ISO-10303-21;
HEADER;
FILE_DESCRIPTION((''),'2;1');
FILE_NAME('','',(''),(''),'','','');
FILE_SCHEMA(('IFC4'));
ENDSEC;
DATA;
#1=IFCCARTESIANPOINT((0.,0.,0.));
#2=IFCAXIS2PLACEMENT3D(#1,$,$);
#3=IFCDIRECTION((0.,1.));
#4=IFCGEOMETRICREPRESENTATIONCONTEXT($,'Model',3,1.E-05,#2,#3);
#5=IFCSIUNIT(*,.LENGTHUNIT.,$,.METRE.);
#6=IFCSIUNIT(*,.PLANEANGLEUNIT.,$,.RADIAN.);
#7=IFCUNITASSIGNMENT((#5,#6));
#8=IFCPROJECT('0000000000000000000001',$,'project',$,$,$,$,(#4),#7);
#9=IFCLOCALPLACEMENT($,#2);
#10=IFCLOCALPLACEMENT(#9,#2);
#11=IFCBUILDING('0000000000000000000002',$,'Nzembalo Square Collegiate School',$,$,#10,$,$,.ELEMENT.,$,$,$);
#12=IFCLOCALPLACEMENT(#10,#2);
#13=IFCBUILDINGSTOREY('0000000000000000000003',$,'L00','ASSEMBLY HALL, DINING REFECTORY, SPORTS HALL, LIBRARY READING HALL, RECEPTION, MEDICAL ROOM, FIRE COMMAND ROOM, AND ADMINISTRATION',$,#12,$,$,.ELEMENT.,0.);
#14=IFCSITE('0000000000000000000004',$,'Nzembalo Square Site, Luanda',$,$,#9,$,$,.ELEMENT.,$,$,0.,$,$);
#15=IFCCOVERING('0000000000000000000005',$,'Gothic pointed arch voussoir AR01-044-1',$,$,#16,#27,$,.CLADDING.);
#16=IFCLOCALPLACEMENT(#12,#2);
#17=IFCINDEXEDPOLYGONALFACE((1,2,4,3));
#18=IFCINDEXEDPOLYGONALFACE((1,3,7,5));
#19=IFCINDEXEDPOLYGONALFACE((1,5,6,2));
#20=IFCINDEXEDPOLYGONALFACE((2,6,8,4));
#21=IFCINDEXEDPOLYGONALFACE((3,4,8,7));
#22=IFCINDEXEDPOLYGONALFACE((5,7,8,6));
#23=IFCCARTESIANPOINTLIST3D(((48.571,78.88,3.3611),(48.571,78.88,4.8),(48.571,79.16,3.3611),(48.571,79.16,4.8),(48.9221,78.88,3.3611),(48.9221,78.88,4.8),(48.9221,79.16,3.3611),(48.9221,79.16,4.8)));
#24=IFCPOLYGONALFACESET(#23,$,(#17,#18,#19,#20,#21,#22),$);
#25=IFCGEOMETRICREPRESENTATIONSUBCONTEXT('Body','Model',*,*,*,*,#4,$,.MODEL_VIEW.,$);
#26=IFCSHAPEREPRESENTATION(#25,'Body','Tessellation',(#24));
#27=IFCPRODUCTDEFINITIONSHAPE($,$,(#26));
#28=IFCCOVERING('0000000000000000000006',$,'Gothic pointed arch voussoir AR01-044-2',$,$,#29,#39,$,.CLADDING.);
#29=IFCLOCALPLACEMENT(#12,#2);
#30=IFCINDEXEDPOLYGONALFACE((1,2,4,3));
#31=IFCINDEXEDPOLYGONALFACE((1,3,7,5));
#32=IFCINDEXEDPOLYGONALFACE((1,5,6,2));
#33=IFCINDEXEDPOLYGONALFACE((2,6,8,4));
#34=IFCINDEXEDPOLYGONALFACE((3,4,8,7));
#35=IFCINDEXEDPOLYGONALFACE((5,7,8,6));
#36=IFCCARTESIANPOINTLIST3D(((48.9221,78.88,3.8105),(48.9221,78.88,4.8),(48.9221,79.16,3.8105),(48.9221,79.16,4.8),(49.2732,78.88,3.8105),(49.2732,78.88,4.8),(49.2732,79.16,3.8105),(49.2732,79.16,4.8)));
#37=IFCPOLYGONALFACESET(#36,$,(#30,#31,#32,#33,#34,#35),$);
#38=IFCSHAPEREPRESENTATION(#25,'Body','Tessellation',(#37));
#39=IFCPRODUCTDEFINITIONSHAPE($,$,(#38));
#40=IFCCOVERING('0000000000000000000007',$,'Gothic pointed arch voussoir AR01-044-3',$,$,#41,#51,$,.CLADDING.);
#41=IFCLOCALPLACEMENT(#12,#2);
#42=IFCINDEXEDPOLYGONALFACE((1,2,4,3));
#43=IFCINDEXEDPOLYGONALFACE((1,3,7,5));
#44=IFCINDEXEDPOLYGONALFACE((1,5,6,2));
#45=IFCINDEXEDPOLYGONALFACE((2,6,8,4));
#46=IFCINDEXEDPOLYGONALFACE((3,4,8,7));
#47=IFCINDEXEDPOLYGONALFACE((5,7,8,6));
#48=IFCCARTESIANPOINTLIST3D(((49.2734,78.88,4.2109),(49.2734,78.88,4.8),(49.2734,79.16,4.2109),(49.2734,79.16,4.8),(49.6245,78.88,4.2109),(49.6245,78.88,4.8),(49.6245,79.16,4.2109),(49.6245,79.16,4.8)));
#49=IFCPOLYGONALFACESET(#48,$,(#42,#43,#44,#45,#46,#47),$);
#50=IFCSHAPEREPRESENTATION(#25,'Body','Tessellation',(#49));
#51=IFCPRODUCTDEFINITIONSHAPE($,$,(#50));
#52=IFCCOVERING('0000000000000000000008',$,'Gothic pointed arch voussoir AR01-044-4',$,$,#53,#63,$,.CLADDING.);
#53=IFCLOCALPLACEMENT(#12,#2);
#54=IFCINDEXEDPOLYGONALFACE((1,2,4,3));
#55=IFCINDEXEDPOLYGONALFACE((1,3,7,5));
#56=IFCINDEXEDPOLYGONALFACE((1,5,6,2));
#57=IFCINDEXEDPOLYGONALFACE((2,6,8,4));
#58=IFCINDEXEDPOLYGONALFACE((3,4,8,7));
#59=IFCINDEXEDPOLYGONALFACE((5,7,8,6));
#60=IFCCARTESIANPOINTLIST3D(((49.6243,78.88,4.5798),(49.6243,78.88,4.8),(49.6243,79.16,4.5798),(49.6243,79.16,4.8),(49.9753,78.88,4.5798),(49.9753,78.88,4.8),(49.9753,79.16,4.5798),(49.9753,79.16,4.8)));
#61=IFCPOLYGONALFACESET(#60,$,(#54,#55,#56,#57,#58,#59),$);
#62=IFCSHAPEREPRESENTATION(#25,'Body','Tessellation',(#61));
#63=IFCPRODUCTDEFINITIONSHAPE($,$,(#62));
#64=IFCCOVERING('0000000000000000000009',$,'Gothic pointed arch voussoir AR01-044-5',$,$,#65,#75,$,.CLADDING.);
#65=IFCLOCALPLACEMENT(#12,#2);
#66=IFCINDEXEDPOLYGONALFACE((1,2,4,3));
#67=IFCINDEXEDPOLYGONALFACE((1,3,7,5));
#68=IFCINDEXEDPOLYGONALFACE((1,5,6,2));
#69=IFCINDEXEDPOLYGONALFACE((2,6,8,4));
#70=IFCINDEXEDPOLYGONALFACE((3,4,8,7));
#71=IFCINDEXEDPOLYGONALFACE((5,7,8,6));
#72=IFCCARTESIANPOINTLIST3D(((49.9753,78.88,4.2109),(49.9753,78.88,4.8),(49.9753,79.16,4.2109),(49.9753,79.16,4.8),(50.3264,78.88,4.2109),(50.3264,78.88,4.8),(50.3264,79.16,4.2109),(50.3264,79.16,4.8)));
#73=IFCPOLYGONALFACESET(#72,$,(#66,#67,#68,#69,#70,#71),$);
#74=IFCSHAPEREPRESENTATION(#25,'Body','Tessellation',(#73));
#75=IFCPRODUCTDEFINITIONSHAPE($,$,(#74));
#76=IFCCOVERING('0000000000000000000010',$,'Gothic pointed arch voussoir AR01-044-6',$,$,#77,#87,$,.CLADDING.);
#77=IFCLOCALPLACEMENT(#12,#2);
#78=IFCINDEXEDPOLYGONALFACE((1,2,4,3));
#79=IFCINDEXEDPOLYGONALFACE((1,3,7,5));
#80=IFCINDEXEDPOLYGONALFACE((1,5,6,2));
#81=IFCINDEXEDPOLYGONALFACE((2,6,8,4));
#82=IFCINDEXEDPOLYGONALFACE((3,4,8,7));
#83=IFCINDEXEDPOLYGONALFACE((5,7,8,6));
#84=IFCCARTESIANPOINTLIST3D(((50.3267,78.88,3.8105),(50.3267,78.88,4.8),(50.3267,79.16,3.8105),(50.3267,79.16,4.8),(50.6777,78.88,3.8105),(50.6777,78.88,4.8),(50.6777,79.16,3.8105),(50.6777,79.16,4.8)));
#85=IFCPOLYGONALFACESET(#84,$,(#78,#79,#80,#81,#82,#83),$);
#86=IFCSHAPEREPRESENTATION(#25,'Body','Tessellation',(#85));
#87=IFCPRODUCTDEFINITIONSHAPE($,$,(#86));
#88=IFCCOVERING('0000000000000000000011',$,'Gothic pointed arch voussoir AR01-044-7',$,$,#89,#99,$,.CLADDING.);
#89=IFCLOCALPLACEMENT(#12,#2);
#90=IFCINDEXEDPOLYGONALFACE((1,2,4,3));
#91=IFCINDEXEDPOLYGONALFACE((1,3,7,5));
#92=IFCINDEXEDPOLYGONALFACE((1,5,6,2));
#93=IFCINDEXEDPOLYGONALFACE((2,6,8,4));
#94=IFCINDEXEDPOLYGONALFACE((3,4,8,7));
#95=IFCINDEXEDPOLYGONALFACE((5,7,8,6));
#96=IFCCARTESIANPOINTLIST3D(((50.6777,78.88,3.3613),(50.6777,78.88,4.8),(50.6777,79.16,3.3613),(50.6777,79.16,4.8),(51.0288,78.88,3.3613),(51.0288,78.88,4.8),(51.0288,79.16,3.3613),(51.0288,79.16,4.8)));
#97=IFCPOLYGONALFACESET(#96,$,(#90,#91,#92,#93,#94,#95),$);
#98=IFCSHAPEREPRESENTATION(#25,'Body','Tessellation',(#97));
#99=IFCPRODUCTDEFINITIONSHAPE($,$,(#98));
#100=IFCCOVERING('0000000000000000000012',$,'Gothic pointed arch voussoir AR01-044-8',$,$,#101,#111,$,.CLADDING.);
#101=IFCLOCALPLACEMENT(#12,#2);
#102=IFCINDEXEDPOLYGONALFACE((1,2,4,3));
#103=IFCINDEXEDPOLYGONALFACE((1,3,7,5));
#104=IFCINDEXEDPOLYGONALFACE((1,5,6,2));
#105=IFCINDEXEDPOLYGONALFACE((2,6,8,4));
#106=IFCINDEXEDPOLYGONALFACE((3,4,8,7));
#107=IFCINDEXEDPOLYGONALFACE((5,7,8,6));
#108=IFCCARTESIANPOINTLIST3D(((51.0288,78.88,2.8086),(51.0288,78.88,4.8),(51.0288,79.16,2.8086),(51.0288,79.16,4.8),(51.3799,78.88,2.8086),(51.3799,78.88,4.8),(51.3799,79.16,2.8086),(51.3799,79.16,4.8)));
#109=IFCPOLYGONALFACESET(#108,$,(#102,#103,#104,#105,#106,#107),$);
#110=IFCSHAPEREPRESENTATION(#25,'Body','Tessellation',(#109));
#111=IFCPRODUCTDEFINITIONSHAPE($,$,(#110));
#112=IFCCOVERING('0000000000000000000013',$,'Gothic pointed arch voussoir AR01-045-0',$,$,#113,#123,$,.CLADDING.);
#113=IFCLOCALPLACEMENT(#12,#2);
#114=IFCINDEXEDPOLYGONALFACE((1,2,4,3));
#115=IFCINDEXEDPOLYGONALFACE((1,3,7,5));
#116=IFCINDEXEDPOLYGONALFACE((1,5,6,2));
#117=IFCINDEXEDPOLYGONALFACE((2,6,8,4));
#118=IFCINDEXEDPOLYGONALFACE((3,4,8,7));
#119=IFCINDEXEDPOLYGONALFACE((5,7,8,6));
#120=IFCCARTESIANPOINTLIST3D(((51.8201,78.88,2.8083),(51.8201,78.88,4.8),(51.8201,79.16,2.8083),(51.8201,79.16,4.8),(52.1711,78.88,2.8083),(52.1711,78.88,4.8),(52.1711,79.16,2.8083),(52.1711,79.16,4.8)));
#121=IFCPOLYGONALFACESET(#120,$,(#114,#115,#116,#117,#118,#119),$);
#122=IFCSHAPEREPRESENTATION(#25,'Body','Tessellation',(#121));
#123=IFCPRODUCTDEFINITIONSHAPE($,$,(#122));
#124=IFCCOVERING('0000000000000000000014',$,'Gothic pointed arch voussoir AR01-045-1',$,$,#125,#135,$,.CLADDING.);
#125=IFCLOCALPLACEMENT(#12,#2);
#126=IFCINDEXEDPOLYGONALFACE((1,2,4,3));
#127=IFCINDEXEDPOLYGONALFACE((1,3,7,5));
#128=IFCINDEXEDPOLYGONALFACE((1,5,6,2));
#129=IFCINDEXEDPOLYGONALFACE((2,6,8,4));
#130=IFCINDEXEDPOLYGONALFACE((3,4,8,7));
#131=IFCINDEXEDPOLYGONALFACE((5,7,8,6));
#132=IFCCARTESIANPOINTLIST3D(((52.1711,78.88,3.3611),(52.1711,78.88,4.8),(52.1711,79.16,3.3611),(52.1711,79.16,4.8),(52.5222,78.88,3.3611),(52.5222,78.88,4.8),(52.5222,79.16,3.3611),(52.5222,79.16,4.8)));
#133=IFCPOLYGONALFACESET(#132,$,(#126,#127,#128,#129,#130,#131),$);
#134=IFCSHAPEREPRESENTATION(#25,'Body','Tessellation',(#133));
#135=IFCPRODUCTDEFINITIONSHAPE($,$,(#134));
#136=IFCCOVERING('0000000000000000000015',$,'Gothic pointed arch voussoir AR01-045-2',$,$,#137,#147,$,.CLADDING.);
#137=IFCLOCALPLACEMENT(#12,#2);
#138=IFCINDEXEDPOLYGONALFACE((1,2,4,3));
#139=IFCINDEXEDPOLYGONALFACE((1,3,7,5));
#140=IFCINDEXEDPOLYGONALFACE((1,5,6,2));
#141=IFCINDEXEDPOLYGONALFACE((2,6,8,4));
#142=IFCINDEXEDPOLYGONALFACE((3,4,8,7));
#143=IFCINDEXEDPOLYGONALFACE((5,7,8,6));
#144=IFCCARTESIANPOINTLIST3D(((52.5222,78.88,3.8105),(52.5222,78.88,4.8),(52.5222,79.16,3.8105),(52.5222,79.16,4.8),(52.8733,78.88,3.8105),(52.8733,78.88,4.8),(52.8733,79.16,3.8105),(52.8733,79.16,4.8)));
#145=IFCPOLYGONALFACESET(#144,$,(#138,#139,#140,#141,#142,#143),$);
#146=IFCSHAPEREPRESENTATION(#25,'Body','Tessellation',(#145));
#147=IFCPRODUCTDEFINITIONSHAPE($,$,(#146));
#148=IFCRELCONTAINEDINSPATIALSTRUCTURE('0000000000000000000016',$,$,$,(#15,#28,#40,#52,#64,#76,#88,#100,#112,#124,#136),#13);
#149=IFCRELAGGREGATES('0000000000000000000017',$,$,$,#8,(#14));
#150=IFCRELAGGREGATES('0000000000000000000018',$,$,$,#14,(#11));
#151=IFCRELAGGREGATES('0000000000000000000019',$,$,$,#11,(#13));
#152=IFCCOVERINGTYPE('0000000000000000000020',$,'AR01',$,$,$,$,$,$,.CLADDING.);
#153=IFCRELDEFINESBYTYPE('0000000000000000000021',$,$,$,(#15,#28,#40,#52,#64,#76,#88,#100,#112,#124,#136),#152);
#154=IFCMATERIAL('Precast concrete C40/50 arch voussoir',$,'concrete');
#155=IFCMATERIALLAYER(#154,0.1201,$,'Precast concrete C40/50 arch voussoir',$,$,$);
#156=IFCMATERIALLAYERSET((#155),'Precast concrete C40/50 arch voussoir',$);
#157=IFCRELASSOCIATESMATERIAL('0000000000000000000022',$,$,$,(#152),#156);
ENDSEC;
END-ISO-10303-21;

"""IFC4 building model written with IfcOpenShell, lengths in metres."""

from ifc_helpers import new_model, si_unit, direction, frame, origin, origin_2d, place, context, subcontext, project, spatial, rectangle, extrude, material, layer, layer_set, type_object, element, save


model = new_model("IFC4")

# Units and contexts
model_context = context("Model", 3, precision=1e-05, world=origin(), true_north=direction((0.0, 1.0)))
body_context = subcontext(model_context, "Body", "Model", "MODEL_VIEW")
ifc_project = project(units=[si_unit("LENGTHUNIT", "METRE"), si_unit("PLANEANGLEUNIT", "RADIAN")], contexts=[model_context])

# Site, building, storey
site_placement = place(None, origin())
site = spatial("IfcSite", under=ifc_project, at=site_placement, Name="Nzembalo Square Site, Luanda", CompositionType="ELEMENT", RefElevation=0.0)
building_placement = place(site_placement, origin())
building = spatial("IfcBuilding", under=site, at=building_placement, Name="Nzembalo Square Collegiate School", CompositionType="ELEMENT")
storey_placement = place(building_placement, origin())
storey = spatial("IfcBuildingStorey", under=building, at=storey_placement, Name="L00", Description="ASSEMBLY HALL, DINING REFECTORY, SPORTS HALL, LIBRARY READING HALL, RECEPTION, MEDICAL ROOM, FIRE COMMAND ROOM, AND ADMINISTRATION", CompositionType="ELEMENT", Elevation=0.0)

# Coverings
ifc_material_1 = material(Name="Precast concrete C40/50 arch voussoir", Category="concrete")
ifc_layer_1 = layer(ifc_material_1, 0.1201, Name="Precast concrete C40/50 arch voussoir")
ifc_layer_set_1 = layer_set([ifc_layer_1], Name="Precast concrete C40/50 arch voussoir")
covering_type = type_object("IfcCoveringType", Name="AR01", PredefinedType="CLADDING", material=ifc_layer_set_1)
covering_1_placement = place(storey_placement, frame((48.7466, 79.02, 3.3611), z_axis=(0.0, 0.0, 1.0), x_axis=(1.0, 0.0, 0.0)))
element("IfcCovering", 1, at=covering_1_placement, inside=storey, type_object=covering_type, Name="Gothic pointed arch voussoir AR01-044-1", PredefinedType="CLADDING", context=body_context, shape_type="SweptSolid", body=[
    extrude(rectangle(XDim=0.3511, YDim=0.28, at=origin_2d()), origin(), (0.0, 0.0, 1.0), 1.439),
])
covering_2_placement = place(storey_placement, frame((49.0977, 79.02, 3.8105), z_axis=(0.0, 0.0, 1.0), x_axis=(1.0, 0.0, 0.0)))
element("IfcCovering", 2, at=covering_2_placement, inside=storey, type_object=covering_type, Name="Gothic pointed arch voussoir AR01-044-2", PredefinedType="CLADDING", context=body_context, shape_type="SweptSolid", body=[
    extrude(rectangle(XDim=0.3511, YDim=0.28, at=origin_2d()), origin(), (0.0, 0.0, 1.0), 0.9895),
])
covering_3_placement = place(storey_placement, frame((49.449, 79.02, 4.2109), z_axis=(0.0, 0.0, 1.0), x_axis=(1.0, 0.0, 0.0)))
element("IfcCovering", 3, at=covering_3_placement, inside=storey, type_object=covering_type, Name="Gothic pointed arch voussoir AR01-044-3", PredefinedType="CLADDING", context=body_context, shape_type="SweptSolid", body=[
    extrude(rectangle(XDim=0.3511, YDim=0.28, at=origin_2d()), origin(), (0.0, 0.0, 1.0), 0.5891),
])
covering_4_placement = place(storey_placement, frame((49.7998, 79.02, 4.5798), z_axis=(0.0, 0.0, 1.0), x_axis=(1.0, 0.0, 0.0)))
element("IfcCovering", 4, at=covering_4_placement, inside=storey, type_object=covering_type, Name="Gothic pointed arch voussoir AR01-044-4", PredefinedType="CLADDING", context=body_context, shape_type="SweptSolid", body=[
    extrude(rectangle(XDim=0.3511, YDim=0.28, at=origin_2d()), origin(), (0.0, 0.0, 1.0), 0.2202),
])
covering_5_placement = place(storey_placement, frame((50.1509, 79.02, 4.2109), z_axis=(0.0, 0.0, 1.0), x_axis=(1.0, 0.0, 0.0)))
element("IfcCovering", 5, at=covering_5_placement, inside=storey, type_object=covering_type, Name="Gothic pointed arch voussoir AR01-044-5", PredefinedType="CLADDING", context=body_context, shape_type="SweptSolid", body=[
    extrude(rectangle(XDim=0.3511, YDim=0.28, at=origin_2d()), origin(), (0.0, 0.0, 1.0), 0.5891),
])
covering_6_placement = place(storey_placement, frame((50.5022, 79.02, 3.8105), z_axis=(0.0, 0.0, 1.0), x_axis=(1.0, 0.0, 0.0)))
element("IfcCovering", 6, at=covering_6_placement, inside=storey, type_object=covering_type, Name="Gothic pointed arch voussoir AR01-044-6", PredefinedType="CLADDING", context=body_context, shape_type="SweptSolid", body=[
    extrude(rectangle(XDim=0.3511, YDim=0.28, at=origin_2d()), origin(), (0.0, 0.0, 1.0), 0.9895),
])
covering_7_placement = place(storey_placement, frame((50.8533, 79.02, 3.3613), z_axis=(0.0, 0.0, 1.0), x_axis=(1.0, 0.0, 0.0)))
element("IfcCovering", 7, at=covering_7_placement, inside=storey, type_object=covering_type, Name="Gothic pointed arch voussoir AR01-044-7", PredefinedType="CLADDING", context=body_context, shape_type="SweptSolid", body=[
    extrude(rectangle(XDim=0.3511, YDim=0.28, at=origin_2d()), origin(), (0.0, 0.0, 1.0), 1.4387),
])
covering_8_placement = place(storey_placement, frame((51.2043, 79.02, 2.8086), z_axis=(0.0, 0.0, 1.0), x_axis=(1.0, 0.0, 0.0)))
element("IfcCovering", 8, at=covering_8_placement, inside=storey, type_object=covering_type, Name="Gothic pointed arch voussoir AR01-044-8", PredefinedType="CLADDING", context=body_context, shape_type="SweptSolid", body=[
    extrude(rectangle(XDim=0.3511, YDim=0.28, at=origin_2d()), origin(), (0.0, 0.0, 1.0), 1.9915),
])
covering_9_placement = place(storey_placement, frame((51.9956, 79.02, 2.8083), z_axis=(0.0, 0.0, 1.0), x_axis=(1.0, 0.0, 0.0)))
element("IfcCovering", 9, at=covering_9_placement, inside=storey, type_object=covering_type, Name="Gothic pointed arch voussoir AR01-045-0", PredefinedType="CLADDING", context=body_context, shape_type="SweptSolid", body=[
    extrude(rectangle(XDim=0.3511, YDim=0.28, at=origin_2d()), origin(), (0.0, 0.0, 1.0), 1.9917),
])
covering_10_placement = place(storey_placement, frame((52.3467, 79.02, 3.3611), z_axis=(0.0, 0.0, 1.0), x_axis=(1.0, 0.0, 0.0)))
element("IfcCovering", 10, at=covering_10_placement, inside=storey, type_object=covering_type, Name="Gothic pointed arch voussoir AR01-045-1", PredefinedType="CLADDING", context=body_context, shape_type="SweptSolid", body=[
    extrude(rectangle(XDim=0.3511, YDim=0.28, at=origin_2d()), origin(), (0.0, 0.0, 1.0), 1.439),
])
covering_11_placement = place(storey_placement, frame((52.6978, 79.02, 3.8105), z_axis=(0.0, 0.0, 1.0), x_axis=(1.0, 0.0, 0.0)))
element("IfcCovering", 11, at=covering_11_placement, inside=storey, type_object=covering_type, Name="Gothic pointed arch voussoir AR01-045-2", PredefinedType="CLADDING", context=body_context, shape_type="SweptSolid", body=[
    extrude(rectangle(XDim=0.3511, YDim=0.28, at=origin_2d()), origin(), (0.0, 0.0, 1.0), 0.9895),
])

save(model, "model.ifc")
